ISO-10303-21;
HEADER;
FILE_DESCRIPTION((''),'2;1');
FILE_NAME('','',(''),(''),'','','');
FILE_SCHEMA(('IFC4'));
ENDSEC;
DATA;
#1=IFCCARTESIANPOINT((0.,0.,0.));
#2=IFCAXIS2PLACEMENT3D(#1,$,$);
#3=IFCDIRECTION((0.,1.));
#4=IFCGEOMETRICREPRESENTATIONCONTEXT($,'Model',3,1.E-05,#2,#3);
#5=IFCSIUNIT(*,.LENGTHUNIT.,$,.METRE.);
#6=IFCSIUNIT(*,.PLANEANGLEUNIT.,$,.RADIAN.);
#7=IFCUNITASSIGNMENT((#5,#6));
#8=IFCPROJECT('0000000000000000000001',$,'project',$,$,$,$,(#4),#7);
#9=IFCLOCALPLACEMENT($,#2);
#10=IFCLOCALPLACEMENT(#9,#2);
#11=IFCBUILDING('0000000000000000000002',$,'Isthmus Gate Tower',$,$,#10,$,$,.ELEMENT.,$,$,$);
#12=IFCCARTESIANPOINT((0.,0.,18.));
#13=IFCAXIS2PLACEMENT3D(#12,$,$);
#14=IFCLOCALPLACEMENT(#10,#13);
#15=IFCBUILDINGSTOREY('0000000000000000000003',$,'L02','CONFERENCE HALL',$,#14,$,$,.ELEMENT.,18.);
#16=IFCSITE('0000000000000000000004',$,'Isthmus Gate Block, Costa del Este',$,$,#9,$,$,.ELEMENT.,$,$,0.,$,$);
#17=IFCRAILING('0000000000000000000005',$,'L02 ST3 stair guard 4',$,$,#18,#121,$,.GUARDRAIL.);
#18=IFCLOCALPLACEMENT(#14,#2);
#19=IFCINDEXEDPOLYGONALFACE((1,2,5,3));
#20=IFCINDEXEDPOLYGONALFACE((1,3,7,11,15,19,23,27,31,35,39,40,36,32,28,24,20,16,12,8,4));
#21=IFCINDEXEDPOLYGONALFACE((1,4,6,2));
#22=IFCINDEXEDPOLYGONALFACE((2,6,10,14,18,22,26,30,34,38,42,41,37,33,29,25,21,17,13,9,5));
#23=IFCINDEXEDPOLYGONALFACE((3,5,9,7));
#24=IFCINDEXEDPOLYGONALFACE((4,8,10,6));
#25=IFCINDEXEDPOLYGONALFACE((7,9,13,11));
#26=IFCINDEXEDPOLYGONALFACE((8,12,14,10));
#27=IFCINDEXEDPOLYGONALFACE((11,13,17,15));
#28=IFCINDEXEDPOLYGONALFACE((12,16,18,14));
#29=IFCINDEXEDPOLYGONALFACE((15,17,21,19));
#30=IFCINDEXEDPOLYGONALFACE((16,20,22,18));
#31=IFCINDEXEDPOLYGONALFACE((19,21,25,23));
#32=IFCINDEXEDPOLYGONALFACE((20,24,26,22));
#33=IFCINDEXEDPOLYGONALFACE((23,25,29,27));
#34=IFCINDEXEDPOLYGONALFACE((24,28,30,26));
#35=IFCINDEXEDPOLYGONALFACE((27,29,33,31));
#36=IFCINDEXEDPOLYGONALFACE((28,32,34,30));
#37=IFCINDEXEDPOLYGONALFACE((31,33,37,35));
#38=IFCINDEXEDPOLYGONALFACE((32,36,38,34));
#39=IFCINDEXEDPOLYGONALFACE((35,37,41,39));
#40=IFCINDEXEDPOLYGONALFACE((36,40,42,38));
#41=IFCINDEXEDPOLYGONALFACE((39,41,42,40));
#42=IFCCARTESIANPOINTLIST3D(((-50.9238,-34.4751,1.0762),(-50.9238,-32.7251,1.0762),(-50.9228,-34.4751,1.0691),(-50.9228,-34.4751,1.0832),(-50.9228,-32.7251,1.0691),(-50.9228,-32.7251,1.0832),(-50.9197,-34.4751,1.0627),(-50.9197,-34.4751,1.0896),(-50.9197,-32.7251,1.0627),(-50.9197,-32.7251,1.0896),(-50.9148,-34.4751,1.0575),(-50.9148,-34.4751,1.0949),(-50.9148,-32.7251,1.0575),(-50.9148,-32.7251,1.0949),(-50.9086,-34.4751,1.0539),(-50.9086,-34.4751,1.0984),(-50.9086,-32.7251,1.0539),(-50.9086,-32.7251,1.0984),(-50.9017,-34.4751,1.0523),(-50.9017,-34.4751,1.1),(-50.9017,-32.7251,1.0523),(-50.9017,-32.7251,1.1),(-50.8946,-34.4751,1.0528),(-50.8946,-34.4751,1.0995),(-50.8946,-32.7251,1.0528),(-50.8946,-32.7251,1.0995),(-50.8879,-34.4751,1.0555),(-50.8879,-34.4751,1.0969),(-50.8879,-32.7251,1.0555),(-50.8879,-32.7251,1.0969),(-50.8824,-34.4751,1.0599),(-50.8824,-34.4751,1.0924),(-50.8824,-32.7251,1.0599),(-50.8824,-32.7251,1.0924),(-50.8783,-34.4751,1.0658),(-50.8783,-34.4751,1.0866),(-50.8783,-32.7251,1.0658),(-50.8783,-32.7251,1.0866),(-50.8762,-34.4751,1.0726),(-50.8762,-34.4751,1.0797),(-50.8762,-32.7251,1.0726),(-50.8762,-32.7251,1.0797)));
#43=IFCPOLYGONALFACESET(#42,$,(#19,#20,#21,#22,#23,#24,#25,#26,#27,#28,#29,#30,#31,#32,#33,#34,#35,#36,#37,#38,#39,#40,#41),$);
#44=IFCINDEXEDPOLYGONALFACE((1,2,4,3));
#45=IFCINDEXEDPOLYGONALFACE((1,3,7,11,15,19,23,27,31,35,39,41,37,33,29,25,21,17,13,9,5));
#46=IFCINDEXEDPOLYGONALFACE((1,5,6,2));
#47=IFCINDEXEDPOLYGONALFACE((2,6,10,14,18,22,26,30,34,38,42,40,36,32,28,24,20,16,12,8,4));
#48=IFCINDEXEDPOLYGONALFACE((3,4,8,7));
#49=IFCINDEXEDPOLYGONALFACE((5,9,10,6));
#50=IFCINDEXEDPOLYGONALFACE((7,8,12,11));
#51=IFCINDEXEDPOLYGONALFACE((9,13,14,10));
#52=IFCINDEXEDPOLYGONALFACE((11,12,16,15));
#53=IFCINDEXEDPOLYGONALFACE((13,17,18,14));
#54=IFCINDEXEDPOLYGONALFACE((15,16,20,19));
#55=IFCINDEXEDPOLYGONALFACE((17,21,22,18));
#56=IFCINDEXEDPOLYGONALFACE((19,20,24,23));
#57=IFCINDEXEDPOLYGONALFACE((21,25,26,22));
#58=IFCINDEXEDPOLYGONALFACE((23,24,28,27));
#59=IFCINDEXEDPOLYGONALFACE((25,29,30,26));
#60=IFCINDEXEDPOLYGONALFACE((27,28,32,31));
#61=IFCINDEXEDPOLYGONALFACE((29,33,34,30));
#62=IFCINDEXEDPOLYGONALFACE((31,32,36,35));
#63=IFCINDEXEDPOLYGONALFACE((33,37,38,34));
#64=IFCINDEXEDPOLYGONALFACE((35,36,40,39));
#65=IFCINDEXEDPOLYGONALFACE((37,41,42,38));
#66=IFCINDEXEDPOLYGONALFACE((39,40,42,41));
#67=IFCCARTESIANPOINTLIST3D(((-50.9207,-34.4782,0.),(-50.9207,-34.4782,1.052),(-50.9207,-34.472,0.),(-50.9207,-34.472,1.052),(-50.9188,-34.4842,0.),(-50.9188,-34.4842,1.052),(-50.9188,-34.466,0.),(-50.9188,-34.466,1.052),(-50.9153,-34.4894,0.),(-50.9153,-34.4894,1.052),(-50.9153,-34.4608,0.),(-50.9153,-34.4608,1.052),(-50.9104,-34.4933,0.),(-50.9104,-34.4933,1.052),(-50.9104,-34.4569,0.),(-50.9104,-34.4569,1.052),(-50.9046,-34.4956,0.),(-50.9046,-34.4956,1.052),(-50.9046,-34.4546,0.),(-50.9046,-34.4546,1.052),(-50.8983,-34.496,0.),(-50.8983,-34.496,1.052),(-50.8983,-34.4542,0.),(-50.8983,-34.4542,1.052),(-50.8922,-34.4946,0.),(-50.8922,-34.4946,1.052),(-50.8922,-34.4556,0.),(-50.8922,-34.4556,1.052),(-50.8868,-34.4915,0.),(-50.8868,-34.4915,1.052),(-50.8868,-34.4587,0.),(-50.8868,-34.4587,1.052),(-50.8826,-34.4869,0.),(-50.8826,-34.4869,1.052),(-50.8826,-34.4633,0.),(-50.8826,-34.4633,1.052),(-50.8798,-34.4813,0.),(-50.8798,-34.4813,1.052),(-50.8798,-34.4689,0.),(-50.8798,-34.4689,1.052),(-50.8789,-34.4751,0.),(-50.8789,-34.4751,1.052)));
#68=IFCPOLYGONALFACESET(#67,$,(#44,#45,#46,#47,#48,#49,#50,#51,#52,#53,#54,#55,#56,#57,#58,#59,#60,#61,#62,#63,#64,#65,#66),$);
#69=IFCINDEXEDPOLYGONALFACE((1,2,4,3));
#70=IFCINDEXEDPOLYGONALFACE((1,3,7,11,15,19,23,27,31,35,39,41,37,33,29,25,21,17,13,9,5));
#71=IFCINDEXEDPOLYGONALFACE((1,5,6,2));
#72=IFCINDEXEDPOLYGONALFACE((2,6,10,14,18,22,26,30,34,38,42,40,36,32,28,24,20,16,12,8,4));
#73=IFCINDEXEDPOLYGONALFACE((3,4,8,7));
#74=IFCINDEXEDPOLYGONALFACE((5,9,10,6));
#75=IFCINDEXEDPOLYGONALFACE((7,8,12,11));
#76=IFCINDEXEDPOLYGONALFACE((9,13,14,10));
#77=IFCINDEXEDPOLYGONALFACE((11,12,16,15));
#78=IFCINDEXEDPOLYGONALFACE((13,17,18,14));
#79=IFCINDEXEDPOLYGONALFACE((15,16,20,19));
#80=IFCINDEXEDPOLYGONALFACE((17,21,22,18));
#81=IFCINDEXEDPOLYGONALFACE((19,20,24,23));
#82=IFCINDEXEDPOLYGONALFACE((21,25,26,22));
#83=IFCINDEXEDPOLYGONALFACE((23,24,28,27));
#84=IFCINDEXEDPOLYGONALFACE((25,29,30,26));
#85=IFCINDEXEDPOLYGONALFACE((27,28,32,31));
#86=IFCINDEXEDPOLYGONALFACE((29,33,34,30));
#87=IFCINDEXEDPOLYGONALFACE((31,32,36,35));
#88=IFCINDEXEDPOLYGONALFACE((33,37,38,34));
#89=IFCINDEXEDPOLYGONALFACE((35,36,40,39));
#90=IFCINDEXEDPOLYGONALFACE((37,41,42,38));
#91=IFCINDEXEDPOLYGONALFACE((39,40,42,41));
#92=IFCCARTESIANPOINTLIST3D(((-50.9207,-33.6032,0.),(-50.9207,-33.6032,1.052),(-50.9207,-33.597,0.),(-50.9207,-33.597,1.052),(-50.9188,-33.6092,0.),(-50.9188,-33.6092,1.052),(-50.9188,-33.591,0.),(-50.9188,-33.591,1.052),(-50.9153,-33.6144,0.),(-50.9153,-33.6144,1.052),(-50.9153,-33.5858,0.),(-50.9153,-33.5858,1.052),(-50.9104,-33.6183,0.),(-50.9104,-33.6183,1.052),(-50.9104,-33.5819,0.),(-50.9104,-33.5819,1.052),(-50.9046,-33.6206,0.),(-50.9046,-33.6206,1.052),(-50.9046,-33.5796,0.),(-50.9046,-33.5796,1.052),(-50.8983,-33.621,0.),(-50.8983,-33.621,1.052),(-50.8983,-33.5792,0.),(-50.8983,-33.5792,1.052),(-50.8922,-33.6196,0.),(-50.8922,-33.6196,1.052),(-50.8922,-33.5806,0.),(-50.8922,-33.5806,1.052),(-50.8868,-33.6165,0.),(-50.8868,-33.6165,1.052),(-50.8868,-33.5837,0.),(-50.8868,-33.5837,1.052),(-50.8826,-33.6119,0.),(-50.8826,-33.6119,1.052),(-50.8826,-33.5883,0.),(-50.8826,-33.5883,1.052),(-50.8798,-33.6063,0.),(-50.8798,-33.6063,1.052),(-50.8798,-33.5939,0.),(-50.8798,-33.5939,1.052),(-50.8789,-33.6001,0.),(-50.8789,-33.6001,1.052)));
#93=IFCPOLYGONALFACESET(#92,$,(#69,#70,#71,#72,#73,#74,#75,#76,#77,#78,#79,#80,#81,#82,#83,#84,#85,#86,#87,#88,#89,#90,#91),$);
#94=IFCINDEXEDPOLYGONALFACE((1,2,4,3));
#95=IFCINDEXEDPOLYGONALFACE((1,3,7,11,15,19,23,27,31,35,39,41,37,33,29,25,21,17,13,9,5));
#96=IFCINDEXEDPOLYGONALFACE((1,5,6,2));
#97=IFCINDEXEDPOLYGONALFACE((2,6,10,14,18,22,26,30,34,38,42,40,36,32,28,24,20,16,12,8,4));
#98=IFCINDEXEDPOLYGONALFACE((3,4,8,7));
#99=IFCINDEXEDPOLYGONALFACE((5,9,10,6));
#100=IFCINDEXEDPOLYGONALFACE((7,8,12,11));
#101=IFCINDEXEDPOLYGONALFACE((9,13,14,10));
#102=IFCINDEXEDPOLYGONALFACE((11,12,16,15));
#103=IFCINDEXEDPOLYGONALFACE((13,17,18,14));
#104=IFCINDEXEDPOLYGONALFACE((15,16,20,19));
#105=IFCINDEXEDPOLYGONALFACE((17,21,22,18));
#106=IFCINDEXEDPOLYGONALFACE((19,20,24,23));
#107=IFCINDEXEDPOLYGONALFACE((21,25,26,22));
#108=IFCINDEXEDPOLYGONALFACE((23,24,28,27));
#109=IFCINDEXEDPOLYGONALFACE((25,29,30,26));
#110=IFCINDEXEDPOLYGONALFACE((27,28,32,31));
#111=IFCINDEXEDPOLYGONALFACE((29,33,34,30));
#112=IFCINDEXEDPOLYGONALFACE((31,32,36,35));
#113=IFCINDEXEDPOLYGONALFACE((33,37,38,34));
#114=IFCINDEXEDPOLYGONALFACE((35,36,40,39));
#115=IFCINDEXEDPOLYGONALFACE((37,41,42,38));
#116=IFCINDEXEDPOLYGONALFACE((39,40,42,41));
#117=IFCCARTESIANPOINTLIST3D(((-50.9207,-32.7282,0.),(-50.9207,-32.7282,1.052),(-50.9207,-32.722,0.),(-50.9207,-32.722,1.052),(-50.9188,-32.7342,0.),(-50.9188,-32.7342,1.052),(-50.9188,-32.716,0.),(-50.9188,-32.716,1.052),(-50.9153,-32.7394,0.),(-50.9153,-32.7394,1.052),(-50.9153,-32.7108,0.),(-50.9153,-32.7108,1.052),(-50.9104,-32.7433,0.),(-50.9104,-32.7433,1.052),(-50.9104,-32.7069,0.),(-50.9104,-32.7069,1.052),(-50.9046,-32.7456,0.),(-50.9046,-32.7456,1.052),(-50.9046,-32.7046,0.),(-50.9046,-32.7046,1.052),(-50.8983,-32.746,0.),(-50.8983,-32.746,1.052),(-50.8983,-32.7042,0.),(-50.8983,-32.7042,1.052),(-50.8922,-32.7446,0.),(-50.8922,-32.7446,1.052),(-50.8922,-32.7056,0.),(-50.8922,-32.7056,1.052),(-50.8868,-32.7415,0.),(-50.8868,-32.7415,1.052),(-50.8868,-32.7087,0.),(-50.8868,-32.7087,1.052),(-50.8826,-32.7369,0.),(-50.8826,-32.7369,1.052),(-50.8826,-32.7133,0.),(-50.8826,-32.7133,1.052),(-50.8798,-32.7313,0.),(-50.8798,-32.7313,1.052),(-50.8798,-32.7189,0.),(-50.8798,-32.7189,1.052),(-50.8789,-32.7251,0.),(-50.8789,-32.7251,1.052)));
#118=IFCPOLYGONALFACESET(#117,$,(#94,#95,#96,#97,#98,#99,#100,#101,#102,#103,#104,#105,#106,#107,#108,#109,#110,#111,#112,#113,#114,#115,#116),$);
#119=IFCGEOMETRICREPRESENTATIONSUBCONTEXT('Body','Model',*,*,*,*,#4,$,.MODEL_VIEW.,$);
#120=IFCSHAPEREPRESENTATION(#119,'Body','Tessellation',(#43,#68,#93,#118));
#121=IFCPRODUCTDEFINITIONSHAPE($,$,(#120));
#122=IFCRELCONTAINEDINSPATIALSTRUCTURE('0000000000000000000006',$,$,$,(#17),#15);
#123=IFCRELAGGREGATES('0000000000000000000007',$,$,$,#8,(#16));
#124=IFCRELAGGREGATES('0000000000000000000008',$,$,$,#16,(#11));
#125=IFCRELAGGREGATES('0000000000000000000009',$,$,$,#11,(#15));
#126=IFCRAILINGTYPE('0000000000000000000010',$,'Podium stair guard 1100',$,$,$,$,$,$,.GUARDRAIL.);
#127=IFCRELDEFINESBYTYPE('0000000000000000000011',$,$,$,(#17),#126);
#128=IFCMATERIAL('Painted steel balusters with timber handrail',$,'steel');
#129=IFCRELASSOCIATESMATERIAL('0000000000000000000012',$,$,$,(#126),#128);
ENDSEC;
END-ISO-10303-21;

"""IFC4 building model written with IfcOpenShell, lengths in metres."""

from ifc_helpers import new_model, si_unit, direction, frame, origin, origin_2d, place, context, subcontext, project, spatial, circle, extrude, material, type_object, element, save


model = new_model("IFC4")

# Units and contexts
model_context = context("Model", 3, precision=1e-05, world=origin(), true_north=direction((0.0, 1.0)))
body_context = subcontext(model_context, "Body", "Model", "MODEL_VIEW")
ifc_project = project(units=[si_unit("LENGTHUNIT", "METRE"), si_unit("PLANEANGLEUNIT", "RADIAN")], contexts=[model_context])

# Site, building, storey
site_placement = place(None, origin())
site = spatial("IfcSite", under=ifc_project, at=site_placement, Name="Isthmus Gate Block, Costa del Este", CompositionType="ELEMENT", RefElevation=0.0)
building_placement = place(site_placement, origin())
building = spatial("IfcBuilding", under=site, at=building_placement, Name="Isthmus Gate Tower", CompositionType="ELEMENT")
storey_placement = place(building_placement, frame((0.0, 0.0, 18.0)))
storey = spatial("IfcBuildingStorey", under=building, at=storey_placement, Name="L02", Description="CONFERENCE HALL", CompositionType="ELEMENT", Elevation=18.0)

# Railing
ifc_material_1 = material(Name="Painted steel balusters with timber handrail", Category="steel")
railing_type_1 = type_object("IfcRailingType", Name="Podium stair guard 1100", PredefinedType="GUARDRAIL", material=ifc_material_1)
railing_1_placement = place(storey_placement, frame((-50.8999, -34.4751, 0.0)))
element("IfcRailing", 1, at=railing_1_placement, inside=storey, type_object=railing_type_1, Name="L02 ST3 stair guard 4", PredefinedType="GUARDRAIL", context=body_context, shape_type="SweptSolid", body=[
    extrude(circle(Radius=0.0239, at=origin_2d()), frame((0.0, 0.0, 1.0762), z_axis=(0.0, 1.0, 0.0), x_axis=(-1.0, 0.0, 0.0)), (0.0, 0.0, 1.0), 1.75),
    extrude(circle(Radius=0.021, at=origin_2d()), origin(), (0.0, 0.0, 1.0), 1.052),
    extrude(circle(Radius=0.021, at=origin_2d()), frame((0.0, 0.875, 0.0)), (0.0, 0.0, 1.0), 1.052),
    extrude(circle(Radius=0.021, at=origin_2d()), frame((0.0, 1.75, 0.0)), (0.0, 0.0, 1.0), 1.052),
])

save(model, "model.ifc")
